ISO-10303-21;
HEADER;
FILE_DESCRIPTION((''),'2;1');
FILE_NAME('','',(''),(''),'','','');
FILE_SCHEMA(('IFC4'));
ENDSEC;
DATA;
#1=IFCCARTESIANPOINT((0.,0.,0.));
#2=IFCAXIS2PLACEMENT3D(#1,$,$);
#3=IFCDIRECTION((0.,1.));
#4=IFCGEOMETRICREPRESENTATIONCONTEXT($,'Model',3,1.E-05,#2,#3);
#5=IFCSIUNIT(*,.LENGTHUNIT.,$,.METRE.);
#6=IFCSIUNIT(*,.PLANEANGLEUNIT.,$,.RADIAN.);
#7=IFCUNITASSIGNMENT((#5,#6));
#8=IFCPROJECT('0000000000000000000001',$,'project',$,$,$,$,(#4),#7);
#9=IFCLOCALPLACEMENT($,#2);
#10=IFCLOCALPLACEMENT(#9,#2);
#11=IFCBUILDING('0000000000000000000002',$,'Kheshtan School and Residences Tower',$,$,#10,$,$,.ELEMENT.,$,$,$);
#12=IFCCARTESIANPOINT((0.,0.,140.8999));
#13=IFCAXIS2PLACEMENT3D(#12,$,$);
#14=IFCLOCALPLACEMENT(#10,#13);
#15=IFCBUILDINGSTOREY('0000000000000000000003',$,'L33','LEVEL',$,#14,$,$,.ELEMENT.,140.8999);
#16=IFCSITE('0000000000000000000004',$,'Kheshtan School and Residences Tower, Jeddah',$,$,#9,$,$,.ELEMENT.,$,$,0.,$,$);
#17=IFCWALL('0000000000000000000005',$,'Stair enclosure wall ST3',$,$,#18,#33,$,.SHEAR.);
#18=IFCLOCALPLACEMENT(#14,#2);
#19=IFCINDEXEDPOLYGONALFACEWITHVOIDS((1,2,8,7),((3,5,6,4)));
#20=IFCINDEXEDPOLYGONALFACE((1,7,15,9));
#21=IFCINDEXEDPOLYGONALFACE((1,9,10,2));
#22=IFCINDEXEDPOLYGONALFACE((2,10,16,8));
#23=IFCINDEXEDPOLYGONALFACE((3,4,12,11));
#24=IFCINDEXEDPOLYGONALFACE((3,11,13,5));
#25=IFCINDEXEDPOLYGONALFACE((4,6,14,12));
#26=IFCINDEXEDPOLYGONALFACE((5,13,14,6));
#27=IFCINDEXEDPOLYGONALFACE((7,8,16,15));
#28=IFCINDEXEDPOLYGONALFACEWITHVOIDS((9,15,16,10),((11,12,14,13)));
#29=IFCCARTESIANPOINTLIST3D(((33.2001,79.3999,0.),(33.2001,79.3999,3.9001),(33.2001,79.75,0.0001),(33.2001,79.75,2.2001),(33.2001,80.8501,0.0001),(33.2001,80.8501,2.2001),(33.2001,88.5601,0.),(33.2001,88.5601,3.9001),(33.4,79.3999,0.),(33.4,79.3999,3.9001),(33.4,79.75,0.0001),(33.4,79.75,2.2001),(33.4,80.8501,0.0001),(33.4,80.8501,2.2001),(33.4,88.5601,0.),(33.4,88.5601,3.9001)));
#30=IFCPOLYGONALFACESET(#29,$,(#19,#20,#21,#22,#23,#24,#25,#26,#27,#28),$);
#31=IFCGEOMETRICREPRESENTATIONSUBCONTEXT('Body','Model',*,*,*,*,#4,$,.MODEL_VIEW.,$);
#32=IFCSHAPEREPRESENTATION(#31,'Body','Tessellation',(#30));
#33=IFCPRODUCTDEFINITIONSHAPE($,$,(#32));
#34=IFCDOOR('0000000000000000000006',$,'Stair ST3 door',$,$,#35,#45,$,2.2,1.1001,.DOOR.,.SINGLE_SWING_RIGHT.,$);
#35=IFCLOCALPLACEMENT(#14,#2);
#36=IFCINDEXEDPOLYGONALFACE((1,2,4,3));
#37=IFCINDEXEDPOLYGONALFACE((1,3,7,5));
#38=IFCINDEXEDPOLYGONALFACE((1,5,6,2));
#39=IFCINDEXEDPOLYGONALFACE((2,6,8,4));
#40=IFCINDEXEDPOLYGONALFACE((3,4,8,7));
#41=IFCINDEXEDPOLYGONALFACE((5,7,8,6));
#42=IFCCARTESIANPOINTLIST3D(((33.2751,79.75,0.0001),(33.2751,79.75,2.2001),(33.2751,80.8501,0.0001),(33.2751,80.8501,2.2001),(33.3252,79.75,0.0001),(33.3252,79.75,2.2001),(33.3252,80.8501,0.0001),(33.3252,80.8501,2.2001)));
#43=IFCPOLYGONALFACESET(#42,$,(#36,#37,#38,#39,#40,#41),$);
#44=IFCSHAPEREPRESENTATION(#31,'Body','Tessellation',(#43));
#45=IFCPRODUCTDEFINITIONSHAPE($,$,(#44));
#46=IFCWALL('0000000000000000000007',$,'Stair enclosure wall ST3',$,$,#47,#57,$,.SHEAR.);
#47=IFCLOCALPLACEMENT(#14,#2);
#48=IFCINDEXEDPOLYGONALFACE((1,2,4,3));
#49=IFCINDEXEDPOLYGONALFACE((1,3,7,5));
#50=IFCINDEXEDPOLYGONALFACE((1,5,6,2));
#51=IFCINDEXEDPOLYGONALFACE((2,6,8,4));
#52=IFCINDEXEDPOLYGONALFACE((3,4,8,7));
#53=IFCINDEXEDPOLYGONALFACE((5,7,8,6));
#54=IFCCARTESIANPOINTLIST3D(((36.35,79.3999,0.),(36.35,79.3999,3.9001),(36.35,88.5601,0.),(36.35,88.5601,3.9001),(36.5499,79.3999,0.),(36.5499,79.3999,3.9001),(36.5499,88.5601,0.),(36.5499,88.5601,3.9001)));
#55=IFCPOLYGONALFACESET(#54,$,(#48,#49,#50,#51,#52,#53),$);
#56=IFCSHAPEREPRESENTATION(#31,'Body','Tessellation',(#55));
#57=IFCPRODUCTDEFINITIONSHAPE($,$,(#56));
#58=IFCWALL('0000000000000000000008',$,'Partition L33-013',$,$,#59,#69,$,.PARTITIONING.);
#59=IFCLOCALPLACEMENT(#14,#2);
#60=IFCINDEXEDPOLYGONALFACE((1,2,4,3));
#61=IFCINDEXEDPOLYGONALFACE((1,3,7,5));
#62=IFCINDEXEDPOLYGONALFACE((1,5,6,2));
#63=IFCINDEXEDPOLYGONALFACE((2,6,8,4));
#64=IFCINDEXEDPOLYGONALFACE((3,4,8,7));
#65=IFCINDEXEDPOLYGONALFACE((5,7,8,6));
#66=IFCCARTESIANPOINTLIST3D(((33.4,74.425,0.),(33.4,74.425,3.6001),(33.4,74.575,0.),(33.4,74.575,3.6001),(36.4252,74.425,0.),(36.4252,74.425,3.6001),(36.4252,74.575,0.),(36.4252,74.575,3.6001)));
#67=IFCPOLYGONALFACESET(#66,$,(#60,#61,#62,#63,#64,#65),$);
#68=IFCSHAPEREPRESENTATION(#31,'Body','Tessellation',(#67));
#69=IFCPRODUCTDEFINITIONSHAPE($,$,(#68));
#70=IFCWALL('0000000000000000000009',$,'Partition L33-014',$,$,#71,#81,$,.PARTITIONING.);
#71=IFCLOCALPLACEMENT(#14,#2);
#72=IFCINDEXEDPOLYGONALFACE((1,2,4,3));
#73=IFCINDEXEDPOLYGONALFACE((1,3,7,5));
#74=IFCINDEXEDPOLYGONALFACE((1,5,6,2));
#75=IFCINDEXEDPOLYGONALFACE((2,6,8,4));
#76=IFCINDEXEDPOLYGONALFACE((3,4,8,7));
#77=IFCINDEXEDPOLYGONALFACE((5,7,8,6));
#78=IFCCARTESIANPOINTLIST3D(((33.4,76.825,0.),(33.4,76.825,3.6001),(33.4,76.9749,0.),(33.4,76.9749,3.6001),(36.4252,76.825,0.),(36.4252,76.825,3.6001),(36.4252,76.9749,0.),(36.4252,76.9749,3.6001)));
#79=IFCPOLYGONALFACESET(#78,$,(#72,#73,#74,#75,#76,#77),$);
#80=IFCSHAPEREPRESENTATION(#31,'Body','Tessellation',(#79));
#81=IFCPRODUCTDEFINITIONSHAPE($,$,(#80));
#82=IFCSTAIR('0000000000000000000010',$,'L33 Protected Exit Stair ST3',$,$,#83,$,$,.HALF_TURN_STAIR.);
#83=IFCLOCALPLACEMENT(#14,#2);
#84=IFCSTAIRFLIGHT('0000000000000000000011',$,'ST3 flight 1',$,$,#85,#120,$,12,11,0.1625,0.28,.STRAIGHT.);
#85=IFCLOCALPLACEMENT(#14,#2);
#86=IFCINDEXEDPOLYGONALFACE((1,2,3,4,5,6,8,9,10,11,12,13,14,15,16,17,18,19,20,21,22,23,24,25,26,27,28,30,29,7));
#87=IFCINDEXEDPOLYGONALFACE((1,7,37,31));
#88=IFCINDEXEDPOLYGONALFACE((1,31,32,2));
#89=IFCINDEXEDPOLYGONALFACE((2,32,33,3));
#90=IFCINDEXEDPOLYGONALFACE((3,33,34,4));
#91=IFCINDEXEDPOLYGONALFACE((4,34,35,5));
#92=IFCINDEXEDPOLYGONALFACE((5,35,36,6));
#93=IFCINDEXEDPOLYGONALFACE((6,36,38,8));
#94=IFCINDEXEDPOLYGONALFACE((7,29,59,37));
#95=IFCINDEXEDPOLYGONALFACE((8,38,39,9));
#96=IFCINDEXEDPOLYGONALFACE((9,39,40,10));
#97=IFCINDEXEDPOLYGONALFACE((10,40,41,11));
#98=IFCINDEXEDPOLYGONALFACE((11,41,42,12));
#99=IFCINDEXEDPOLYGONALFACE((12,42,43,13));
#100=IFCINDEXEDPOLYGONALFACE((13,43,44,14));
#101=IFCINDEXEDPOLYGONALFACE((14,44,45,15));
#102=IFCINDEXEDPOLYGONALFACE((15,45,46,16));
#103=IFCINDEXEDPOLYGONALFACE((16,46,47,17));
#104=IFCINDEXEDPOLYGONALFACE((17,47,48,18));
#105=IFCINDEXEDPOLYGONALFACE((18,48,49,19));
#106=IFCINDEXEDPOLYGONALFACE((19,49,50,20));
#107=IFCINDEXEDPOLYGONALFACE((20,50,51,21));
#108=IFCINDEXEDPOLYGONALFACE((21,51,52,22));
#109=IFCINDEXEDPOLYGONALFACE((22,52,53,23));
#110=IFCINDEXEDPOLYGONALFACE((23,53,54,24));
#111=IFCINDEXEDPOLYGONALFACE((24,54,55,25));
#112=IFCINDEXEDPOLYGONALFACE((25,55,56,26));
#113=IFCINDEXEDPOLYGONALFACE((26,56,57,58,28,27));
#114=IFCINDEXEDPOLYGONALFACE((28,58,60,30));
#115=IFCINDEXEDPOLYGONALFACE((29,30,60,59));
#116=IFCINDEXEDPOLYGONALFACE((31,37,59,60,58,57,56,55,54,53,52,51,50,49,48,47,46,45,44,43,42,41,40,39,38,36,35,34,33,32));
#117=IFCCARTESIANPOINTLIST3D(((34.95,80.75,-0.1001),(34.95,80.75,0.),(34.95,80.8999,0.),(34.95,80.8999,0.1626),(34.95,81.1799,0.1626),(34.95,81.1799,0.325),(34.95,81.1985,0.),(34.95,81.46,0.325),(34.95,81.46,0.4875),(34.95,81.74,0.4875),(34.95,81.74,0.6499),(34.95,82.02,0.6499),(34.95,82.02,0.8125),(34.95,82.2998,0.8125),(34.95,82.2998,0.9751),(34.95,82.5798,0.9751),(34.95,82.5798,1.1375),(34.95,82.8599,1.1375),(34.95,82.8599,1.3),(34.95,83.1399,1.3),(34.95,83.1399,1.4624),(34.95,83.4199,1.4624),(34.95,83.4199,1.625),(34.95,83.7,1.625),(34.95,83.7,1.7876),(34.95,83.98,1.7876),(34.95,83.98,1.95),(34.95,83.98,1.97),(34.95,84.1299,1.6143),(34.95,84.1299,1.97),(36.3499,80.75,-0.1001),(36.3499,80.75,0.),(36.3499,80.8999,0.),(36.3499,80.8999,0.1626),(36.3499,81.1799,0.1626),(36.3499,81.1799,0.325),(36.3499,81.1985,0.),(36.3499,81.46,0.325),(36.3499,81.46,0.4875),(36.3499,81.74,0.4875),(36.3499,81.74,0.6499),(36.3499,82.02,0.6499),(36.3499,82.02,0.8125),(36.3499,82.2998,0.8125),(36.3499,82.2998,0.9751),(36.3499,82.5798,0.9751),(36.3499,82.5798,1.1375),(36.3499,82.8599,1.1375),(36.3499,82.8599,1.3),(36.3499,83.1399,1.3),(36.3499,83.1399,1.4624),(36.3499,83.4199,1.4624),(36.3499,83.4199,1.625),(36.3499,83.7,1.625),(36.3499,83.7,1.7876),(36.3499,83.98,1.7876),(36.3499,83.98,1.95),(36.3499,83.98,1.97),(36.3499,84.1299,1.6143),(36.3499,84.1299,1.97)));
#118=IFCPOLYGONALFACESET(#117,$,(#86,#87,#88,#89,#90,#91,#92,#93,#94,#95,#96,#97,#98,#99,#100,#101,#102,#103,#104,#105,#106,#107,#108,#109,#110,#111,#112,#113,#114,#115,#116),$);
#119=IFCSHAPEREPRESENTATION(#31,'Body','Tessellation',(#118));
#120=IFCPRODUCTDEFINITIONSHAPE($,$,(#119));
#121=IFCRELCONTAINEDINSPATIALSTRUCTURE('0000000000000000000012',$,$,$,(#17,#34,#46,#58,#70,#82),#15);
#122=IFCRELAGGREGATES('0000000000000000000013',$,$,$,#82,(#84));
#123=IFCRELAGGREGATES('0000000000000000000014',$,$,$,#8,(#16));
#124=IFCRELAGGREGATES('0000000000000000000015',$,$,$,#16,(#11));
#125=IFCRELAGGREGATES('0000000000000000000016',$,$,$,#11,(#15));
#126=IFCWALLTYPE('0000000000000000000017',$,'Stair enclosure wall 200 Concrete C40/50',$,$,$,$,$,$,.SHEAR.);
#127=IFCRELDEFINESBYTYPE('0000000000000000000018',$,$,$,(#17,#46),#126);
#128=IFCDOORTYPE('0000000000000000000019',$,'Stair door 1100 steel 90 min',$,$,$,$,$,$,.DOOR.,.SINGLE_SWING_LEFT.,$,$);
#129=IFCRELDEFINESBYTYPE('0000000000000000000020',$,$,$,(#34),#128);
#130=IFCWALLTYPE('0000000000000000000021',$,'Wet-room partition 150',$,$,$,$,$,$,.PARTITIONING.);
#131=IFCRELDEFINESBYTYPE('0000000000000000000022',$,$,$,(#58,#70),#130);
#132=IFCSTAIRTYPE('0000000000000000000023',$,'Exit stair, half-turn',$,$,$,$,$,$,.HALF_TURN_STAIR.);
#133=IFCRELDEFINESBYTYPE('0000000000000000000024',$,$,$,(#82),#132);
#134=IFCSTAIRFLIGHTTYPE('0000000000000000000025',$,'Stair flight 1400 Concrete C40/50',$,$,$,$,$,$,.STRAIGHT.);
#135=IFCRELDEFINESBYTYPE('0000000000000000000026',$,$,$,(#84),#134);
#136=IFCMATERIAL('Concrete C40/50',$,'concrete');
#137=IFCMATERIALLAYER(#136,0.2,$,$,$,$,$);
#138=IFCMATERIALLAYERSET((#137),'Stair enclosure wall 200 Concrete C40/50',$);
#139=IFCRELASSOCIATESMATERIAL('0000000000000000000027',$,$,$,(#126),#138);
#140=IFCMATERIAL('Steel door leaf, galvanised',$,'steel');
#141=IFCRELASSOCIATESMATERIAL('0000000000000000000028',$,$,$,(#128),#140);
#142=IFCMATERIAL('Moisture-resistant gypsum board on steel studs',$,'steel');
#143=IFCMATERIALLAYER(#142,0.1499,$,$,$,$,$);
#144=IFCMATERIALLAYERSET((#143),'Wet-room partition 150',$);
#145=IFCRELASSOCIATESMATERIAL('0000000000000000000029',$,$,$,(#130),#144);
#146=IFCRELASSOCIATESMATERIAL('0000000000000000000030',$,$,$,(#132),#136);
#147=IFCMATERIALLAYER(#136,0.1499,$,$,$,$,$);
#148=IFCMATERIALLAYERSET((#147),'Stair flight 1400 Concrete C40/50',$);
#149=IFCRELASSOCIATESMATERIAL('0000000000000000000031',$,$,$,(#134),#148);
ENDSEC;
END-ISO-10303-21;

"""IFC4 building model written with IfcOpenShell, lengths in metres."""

from ifc_helpers import new_model, si_unit, direction, frame, frame_2d, origin, place, context, subcontext, project, spatial, polyline, rectangle, outline, extrude, source, transform, mapped, material, layer, layer_set, type_object, element, fill, aggregate, save


model = new_model("IFC4")

# Units and contexts
model_context = context("Model", 3, precision=1e-05, world=origin(), true_north=direction((0.0, 1.0)))
body_context = subcontext(model_context, "Body", "Model", "MODEL_VIEW")
ifc_project = project(units=[si_unit("LENGTHUNIT", "METRE"), si_unit("PLANEANGLEUNIT", "RADIAN")], contexts=[model_context])

# Site, building, storey
site_placement = place(None, origin())
site = spatial("IfcSite", under=ifc_project, at=site_placement, Name="Kheshtan School and Residences Tower, Jeddah", CompositionType="ELEMENT", RefElevation=0.0)
building_placement = place(site_placement, origin())
building = spatial("IfcBuilding", under=site, at=building_placement, Name="Kheshtan School and Residences Tower", CompositionType="ELEMENT")
storey_placement = place(building_placement, frame((0.0, 0.0, 140.8999)))
storey = spatial("IfcBuildingStorey", under=building, at=storey_placement, Name="L33", Description="LEVEL", CompositionType="ELEMENT", Elevation=140.8999)

# Shared definitions
ifc_material_1 = material(Name="Concrete C40/50", Category="concrete")
ifc_layer_1 = layer(ifc_material_1, 0.2)
ifc_layer_set_1 = layer_set([ifc_layer_1], Name="Stair enclosure wall 200 Concrete C40/50")
wall_type_1 = type_object("IfcWallType", Name="Stair enclosure wall 200 Concrete C40/50", PredefinedType="SHEAR", material=ifc_layer_set_1)

# Wall, opening, door
wall_1_placement = place(storey_placement, frame((33.3, 79.3999, 0.0), z_axis=(0.0, 0.0, 1.0), x_axis=(0.0, 1.0, 0.0)))
wall_1 = element("IfcWall", 1, at=wall_1_placement, inside=storey, type_object=wall_type_1, Name="Stair enclosure wall ST3", PredefinedType="SHEAR", context=body_context, shape_type="SweptSolid", body=[
    extrude(rectangle(XDim=9.1602, YDim=0.2, at=frame_2d((4.5801, 0.0))), origin(), (0.0, 0.0, 1.0), 3.9001),
])
opening_1_placement = place(wall_1_placement, frame((0.3501, 0.0, 0.0)))
opening_1 = element("IfcOpeningElement", 2, at=opening_1_placement, cuts=wall_1, PredefinedType="OPENING", context=body_context, shape_type="SweptSolid", body=[
    extrude(rectangle(XDim=1.1001, YDim=2.2, at=frame_2d((0.55, 1.1001))), frame((0.0, 0.1099, 0.0), z_axis=(0.0, -1.0, 0.0), x_axis=(1.0, 0.0, 0.0)), (0.0, 0.0, 1.0), 0.22),
])
ifc_material_2 = material(Name="Steel door leaf, galvanised", Category="steel")
door_type_1 = type_object("IfcDoorType", Name="Stair door 1100 steel 90 min", OperationType="SINGLE_SWING_LEFT", PredefinedType="DOOR", material=ifc_material_2)
shared_shape_1 = source(origin(), body_context, "Body", "SweptSolid", [
    extrude(rectangle(XDim=1.1001, YDim=2.2, at=frame_2d((0.55, 1.1001))), frame((0.0, 0.0249, 0.0), z_axis=(0.0, -1.0, 0.0), x_axis=(1.0, 0.0, 0.0)), (0.0, 0.0, 1.0), 0.05),
])
door_1_placement = place(opening_1_placement, origin())
door_1 = element("IfcDoor", 3, at=door_1_placement, inside=storey, type_object=door_type_1, Name="Stair ST3 door", OperationType="SINGLE_SWING_RIGHT", OverallHeight=2.2, OverallWidth=1.1001, PredefinedType="DOOR", context=body_context, shape_type="MappedRepresentation", body=[
    mapped(shared_shape_1, transform((0.0, 0.0, 0.0), x_axis=(1.0, 0.0, 0.0), y_axis=(0.0, 1.0, 0.0), z_axis=(0.0, 0.0, 1.0), scale=1.0)),
])
fill(opening_1, door_1)

# Walls
wall_2_placement = place(storey_placement, frame((36.45, 79.3999, 0.0), z_axis=(0.0, 0.0, 1.0), x_axis=(0.0, 1.0, 0.0)))
element("IfcWall", 4, at=wall_2_placement, inside=storey, type_object=wall_type_1, Name="Stair enclosure wall ST3", PredefinedType="SHEAR", context=body_context, shape_type="SweptSolid", body=[
    extrude(rectangle(XDim=9.1602, YDim=0.2, at=frame_2d((4.5801, 0.0))), origin(), (0.0, 0.0, 1.0), 3.9001),
])
ifc_material_3 = material(Name="Moisture-resistant gypsum board on steel studs", Category="steel")
ifc_layer_2 = layer(ifc_material_3, 0.1499)
ifc_layer_set_2 = layer_set([ifc_layer_2], Name="Wet-room partition 150")
wall_type_2 = type_object("IfcWallType", Name="Wet-room partition 150", PredefinedType="PARTITIONING", material=ifc_layer_set_2)
for number, where, z_axis, x_axis, name in (
    (5, (33.3999, 74.5, 0.0), (0.0, 0.0, 1.0), (1.0, 0.0, 0.0), "Partition L33-013"),
    (6, (33.3999, 76.8999, 0.0), (0.0, 0.0, 1.0), (1.0, 0.0, 0.0), "Partition L33-014"),
):
    element("IfcWall", number, at=place(storey_placement, frame(where, z_axis=z_axis, x_axis=x_axis)), inside=storey, type_object=wall_type_2, Name=name, PredefinedType="PARTITIONING", context=body_context, shape_type="SweptSolid", body=[
        extrude(rectangle(XDim=3.0251, YDim=0.1499, at=frame_2d((1.5127, 0.0))), origin(), (0.0, 0.0, 1.0), 3.6001),
    ])

# Stair, stair flight
stair_type = type_object("IfcStairType", Name="Exit stair, half-turn", PredefinedType="HALF_TURN_STAIR", material=ifc_material_1)
stair_placement = place(storey_placement, origin())
stair = element("IfcStair", 7, at=stair_placement, inside=storey, type_object=stair_type, Name="L33 Protected Exit Stair ST3", PredefinedType="HALF_TURN_STAIR")
ifc_layer_3 = layer(ifc_material_1, 0.1499)
ifc_layer_set_3 = layer_set([ifc_layer_3], Name="Stair flight 1400 Concrete C40/50")
stair_flight_type = type_object("IfcStairFlightType", Name="Stair flight 1400 Concrete C40/50", PredefinedType="STRAIGHT", material=ifc_layer_set_3)
stair_flight_placement = place(storey_placement, frame((35.6499, 80.8999, 0.0), z_axis=(0.0, 0.0, 1.0), x_axis=(0.0, 1.0, 0.0)))
stair_flight = element("IfcStairFlight", 8, at=stair_flight_placement, type_object=stair_flight_type, Name="ST3 flight 1", NumberOfRisers=12, NumberOfTreads=11, PredefinedType="STRAIGHT", RiserHeight=0.1625, TreadLength=0.28, context=body_context, shape_type="SweptSolid", body=[
    extrude(outline(polyline([(-0.1499, -0.1001), (-0.1499, 0.0), (0.0, 0.0), (0.0, 0.1626), (0.28, 0.1626), (0.28, 0.325), (0.5601, 0.325), (0.5601, 0.4875), (0.8401, 0.4875), (0.8401, 0.6499), (1.1201, 0.6499), (1.1201, 0.8125), (1.3999, 0.8125), (1.3999, 0.9751), (1.6799, 0.9751), (1.6799, 1.1375), (1.96, 1.1375), (1.96, 1.3), (2.24, 1.3), (2.24, 1.4624), (2.52, 1.4624), (2.52, 1.625), (2.8, 1.625), (2.8, 1.7876), (3.0801, 1.7876), (3.0801, 1.95), (3.0801, 1.97), (3.23, 1.97), (3.23, 1.6143), (0.2986, 0.0), (-0.1499, -0.1001)])), frame((0.0, 0.7, 0.0), z_axis=(0.0, -1.0, 0.0), x_axis=(1.0, 0.0, 0.0)), (0.0, 0.0, 1.0), 1.3999),
])
aggregate(stair, [stair_flight])

save(model, "model.ifc")
